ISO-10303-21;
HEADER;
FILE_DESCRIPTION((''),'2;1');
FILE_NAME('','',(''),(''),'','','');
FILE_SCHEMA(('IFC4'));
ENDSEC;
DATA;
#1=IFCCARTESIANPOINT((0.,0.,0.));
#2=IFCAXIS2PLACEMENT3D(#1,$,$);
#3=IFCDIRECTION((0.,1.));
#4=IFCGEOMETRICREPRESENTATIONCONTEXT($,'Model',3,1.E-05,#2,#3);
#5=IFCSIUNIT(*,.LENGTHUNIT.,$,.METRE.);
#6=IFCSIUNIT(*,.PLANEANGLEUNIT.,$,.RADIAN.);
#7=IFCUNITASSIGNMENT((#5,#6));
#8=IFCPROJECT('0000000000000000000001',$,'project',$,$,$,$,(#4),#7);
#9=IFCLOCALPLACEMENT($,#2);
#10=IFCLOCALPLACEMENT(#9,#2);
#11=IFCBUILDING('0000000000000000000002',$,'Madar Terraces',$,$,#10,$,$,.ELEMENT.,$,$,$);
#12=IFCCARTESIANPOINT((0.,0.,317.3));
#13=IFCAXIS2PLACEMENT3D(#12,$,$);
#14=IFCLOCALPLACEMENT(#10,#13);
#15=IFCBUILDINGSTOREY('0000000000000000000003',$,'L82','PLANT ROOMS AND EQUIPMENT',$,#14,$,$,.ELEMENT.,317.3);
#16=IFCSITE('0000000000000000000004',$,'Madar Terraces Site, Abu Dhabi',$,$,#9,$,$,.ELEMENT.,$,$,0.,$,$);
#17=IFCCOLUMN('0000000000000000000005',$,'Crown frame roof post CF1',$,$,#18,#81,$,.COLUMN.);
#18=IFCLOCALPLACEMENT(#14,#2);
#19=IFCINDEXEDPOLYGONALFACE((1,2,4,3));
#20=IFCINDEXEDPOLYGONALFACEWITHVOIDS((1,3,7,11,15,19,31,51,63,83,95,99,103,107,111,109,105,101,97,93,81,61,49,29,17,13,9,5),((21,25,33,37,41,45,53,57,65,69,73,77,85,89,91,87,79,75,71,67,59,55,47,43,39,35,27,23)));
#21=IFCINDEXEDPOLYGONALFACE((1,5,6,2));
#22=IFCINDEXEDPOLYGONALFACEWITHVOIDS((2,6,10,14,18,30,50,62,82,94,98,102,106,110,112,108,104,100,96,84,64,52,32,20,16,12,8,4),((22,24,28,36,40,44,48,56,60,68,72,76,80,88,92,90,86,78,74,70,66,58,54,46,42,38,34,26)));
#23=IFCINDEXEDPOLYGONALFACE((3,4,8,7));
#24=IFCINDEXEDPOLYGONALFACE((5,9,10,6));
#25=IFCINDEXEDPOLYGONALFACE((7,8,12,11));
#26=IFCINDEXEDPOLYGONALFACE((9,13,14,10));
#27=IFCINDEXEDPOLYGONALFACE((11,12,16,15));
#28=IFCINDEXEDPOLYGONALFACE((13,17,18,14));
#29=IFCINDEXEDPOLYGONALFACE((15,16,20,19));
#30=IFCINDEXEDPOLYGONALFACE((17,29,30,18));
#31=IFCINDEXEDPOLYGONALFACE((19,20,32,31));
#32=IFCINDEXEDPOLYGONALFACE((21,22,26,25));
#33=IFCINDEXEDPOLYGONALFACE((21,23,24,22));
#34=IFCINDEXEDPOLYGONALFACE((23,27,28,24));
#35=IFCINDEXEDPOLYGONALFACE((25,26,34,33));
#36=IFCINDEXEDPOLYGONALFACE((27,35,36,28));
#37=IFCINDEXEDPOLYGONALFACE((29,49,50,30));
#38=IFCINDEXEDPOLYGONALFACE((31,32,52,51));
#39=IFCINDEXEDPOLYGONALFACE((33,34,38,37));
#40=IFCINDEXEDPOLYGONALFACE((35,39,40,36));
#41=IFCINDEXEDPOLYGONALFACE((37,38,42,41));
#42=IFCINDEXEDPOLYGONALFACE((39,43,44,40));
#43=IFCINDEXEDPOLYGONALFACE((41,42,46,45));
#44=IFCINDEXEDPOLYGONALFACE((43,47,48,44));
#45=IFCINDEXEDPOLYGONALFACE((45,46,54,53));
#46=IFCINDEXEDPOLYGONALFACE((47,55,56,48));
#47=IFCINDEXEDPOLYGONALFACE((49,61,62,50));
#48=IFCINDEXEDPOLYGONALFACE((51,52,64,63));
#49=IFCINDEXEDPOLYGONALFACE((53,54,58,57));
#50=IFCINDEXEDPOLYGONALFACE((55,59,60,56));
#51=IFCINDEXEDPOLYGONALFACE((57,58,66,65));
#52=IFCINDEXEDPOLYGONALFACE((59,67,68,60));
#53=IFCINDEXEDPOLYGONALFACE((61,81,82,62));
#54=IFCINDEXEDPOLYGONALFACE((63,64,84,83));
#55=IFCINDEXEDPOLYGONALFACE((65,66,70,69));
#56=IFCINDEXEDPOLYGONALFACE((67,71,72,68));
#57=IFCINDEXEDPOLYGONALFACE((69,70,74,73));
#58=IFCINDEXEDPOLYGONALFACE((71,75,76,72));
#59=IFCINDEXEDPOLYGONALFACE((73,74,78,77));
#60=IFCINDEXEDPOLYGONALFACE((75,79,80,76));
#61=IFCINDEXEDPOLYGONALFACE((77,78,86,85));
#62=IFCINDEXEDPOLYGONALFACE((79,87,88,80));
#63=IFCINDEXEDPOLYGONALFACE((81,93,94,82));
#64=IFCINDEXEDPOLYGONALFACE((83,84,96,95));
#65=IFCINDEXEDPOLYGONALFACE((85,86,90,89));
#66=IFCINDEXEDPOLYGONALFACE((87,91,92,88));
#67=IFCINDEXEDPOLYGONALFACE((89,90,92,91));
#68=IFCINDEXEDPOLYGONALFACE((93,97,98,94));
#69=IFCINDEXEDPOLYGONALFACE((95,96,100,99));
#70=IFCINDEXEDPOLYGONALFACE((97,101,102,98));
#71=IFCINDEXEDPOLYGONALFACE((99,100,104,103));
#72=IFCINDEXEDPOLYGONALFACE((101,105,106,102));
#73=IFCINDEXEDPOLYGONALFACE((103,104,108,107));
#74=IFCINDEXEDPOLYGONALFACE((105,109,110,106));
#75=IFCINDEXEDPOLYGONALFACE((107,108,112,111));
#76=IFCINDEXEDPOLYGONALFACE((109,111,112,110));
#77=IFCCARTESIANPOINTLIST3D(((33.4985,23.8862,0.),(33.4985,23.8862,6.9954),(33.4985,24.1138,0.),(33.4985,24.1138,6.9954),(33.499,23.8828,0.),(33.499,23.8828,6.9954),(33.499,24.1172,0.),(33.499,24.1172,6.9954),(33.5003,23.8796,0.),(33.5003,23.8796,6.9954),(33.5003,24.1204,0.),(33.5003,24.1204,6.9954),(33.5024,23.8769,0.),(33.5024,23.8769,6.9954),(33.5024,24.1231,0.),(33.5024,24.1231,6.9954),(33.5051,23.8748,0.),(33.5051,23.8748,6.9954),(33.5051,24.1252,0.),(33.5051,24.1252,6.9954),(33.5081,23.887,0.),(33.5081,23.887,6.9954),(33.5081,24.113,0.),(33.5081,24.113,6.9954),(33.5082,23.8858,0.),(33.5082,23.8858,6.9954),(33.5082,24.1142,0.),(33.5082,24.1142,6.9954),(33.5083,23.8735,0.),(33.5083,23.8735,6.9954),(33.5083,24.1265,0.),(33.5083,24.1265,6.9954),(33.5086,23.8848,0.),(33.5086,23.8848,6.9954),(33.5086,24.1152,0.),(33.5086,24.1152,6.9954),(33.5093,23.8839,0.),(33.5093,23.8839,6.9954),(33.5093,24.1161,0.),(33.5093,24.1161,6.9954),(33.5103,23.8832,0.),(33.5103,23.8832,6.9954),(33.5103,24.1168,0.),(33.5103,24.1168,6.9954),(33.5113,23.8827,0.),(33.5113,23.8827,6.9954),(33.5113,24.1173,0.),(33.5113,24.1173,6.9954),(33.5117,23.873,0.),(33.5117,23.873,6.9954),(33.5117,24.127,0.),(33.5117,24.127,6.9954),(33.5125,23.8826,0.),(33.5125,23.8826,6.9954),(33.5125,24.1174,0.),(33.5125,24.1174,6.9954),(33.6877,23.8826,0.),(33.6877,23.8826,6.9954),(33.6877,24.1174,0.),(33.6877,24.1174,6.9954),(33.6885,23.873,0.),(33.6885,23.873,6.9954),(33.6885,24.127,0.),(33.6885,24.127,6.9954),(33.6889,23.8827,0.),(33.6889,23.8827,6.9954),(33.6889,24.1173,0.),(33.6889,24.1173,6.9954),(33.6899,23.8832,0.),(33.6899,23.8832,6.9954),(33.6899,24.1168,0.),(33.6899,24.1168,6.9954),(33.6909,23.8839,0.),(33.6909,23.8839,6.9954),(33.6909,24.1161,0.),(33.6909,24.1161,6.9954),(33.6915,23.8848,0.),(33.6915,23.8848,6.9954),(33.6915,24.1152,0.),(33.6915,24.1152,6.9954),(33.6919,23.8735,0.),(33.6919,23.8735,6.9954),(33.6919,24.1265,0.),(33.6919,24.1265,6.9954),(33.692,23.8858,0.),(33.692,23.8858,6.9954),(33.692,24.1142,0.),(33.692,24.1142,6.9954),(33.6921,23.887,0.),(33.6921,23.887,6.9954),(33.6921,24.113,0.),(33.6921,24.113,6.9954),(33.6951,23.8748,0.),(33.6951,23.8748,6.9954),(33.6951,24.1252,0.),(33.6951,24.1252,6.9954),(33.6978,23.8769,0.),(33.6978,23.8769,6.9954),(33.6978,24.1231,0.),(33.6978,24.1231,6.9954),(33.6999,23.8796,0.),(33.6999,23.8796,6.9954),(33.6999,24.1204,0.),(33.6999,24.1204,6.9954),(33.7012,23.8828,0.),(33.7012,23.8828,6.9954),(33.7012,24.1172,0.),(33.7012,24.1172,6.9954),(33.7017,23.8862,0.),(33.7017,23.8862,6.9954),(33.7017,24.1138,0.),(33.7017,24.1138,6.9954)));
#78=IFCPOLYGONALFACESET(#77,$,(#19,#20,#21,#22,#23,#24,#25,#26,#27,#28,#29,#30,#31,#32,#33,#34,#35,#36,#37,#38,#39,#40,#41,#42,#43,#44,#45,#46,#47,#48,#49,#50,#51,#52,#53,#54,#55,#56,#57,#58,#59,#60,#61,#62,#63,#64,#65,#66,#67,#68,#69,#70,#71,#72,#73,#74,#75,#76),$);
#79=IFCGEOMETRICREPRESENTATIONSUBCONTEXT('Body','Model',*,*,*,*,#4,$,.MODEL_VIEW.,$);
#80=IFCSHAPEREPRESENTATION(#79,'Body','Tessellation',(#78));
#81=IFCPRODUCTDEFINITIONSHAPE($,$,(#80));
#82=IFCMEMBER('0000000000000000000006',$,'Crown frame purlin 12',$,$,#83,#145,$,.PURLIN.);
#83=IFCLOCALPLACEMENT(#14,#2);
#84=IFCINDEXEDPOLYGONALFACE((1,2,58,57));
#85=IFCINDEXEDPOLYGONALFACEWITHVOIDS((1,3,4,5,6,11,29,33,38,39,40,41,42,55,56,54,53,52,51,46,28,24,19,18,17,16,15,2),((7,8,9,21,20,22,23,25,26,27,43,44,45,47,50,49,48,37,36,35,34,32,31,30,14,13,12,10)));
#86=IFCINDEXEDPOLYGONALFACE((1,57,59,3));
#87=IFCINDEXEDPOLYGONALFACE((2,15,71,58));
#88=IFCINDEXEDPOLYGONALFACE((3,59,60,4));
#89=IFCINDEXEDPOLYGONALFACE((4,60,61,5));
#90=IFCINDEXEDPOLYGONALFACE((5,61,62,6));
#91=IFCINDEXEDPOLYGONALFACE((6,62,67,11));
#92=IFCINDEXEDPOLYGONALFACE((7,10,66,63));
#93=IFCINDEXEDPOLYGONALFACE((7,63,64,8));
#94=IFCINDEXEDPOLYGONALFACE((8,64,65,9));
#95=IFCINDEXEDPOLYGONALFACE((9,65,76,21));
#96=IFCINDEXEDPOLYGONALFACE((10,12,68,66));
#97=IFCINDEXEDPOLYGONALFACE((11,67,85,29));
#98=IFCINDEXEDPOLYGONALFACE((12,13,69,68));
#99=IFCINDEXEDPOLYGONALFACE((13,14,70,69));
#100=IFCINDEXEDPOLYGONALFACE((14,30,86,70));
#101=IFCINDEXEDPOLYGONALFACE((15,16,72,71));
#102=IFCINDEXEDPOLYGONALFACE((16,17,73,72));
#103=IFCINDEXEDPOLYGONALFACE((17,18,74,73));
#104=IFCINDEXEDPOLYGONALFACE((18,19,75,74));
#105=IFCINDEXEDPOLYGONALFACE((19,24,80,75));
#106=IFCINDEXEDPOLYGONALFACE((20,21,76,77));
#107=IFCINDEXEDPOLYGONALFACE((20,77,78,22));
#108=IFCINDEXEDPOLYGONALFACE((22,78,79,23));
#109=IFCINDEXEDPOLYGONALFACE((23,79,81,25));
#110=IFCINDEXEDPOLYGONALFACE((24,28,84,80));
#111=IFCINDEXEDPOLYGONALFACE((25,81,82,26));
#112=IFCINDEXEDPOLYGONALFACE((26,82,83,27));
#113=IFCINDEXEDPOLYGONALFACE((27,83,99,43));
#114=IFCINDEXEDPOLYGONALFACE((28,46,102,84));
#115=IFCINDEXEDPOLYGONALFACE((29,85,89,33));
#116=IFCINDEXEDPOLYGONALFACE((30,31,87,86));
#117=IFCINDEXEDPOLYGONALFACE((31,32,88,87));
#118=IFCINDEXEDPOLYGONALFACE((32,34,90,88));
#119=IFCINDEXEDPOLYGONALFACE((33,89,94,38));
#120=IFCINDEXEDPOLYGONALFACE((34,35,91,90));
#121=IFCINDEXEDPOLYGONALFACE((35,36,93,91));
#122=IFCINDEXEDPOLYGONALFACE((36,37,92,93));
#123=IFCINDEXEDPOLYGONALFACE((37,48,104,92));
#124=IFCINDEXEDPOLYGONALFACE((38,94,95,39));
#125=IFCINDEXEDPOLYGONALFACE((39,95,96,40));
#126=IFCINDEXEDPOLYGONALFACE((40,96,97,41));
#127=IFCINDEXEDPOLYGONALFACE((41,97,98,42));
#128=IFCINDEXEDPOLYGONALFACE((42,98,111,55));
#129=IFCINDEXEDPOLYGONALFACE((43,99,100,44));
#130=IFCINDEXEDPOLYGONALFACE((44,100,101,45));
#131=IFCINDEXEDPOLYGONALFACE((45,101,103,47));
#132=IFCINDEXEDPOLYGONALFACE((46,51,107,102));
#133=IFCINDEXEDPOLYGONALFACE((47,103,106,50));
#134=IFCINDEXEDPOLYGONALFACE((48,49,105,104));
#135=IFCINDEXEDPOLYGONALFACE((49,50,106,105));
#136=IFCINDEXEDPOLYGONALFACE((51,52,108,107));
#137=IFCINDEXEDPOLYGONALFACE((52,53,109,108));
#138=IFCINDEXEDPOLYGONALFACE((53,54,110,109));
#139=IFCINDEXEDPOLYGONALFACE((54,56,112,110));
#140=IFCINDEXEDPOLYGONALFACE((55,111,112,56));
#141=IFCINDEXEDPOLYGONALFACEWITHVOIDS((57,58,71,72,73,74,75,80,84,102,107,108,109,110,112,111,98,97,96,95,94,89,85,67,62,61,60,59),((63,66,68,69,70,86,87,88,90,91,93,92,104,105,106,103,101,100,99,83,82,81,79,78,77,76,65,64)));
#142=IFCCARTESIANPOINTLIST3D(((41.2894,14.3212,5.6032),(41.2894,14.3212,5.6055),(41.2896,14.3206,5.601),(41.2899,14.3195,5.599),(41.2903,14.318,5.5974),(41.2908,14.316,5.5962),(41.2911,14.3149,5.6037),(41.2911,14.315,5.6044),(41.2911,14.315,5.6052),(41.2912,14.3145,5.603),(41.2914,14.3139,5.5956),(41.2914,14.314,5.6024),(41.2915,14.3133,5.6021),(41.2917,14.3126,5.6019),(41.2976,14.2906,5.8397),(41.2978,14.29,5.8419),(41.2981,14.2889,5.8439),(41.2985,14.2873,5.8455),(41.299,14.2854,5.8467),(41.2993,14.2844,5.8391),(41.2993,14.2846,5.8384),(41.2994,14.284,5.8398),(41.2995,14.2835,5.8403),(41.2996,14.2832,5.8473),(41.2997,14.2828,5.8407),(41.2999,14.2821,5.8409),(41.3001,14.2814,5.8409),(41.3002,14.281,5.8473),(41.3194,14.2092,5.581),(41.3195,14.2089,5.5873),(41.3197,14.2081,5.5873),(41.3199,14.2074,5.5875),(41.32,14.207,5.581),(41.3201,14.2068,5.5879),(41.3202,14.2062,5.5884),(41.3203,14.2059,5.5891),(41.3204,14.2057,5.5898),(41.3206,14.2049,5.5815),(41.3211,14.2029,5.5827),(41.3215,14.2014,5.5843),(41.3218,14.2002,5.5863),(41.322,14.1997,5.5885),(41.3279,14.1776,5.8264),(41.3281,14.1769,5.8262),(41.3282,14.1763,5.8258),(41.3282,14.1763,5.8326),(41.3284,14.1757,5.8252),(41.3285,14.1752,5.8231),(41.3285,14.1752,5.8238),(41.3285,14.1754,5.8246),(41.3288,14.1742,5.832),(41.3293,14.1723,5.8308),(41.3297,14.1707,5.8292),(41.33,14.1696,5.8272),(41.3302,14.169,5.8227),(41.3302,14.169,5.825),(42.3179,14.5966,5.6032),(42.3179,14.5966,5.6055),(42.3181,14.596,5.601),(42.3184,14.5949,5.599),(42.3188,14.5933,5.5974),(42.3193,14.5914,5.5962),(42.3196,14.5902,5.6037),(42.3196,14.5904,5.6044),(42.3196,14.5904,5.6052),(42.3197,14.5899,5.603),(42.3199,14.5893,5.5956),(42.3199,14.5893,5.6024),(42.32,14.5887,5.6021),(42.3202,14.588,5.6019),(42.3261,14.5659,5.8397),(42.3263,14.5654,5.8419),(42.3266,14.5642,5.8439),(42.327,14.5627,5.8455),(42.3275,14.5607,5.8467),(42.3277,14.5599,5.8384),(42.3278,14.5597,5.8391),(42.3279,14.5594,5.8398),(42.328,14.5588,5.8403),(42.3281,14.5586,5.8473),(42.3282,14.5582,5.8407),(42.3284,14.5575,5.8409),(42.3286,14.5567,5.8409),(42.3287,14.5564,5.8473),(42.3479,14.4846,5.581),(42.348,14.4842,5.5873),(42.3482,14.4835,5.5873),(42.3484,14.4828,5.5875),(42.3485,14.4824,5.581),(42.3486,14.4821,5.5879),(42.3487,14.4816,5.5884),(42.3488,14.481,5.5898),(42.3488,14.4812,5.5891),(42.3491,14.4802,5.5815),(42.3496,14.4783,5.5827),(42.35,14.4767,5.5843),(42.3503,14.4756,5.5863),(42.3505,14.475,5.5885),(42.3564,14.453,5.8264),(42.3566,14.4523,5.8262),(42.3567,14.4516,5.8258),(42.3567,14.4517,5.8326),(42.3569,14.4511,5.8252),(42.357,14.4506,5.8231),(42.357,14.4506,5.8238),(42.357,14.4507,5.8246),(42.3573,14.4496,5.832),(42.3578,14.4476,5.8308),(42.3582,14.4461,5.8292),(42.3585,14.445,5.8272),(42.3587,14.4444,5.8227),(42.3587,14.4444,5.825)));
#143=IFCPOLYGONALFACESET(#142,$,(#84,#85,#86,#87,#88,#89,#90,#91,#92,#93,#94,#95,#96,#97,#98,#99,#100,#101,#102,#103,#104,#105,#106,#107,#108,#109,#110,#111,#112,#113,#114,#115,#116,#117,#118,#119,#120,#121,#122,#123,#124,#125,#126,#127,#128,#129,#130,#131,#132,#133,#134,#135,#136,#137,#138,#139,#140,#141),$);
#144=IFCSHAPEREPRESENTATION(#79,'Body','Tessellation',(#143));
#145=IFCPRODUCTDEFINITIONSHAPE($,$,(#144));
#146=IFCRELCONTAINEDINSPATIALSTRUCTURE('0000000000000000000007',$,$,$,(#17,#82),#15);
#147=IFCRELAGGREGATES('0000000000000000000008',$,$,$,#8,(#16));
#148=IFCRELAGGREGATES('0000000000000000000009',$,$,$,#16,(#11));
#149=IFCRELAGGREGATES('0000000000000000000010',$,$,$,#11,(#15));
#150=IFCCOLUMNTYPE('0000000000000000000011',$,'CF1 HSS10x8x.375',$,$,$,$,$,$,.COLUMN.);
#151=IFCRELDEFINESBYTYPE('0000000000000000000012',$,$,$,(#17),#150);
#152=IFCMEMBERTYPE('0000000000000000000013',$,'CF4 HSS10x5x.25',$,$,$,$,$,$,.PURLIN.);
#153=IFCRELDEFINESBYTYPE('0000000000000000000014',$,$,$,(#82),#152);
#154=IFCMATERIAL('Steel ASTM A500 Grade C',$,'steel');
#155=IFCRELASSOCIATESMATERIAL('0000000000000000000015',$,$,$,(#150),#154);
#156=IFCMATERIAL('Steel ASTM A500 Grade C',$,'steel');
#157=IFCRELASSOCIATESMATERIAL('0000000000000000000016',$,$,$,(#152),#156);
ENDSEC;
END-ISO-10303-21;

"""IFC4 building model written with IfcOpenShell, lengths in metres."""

from ifc_helpers import new_model, si_unit, direction, frame, origin, origin_2d, place, context, subcontext, project, spatial, hollow_rectangle, extrude, material, material_profile, profile_set, type_object, element, save


model = new_model("IFC4")

# Units and contexts
model_context = context("Model", 3, precision=1e-05, world=origin(), true_north=direction((0.0, 1.0)))
body_context = subcontext(model_context, "Body", "Model", "MODEL_VIEW")
ifc_project = project(units=[si_unit("LENGTHUNIT", "METRE"), si_unit("PLANEANGLEUNIT", "RADIAN")], contexts=[model_context])

# Site, building, storey
site_placement = place(None, origin())
site = spatial("IfcSite", under=ifc_project, at=site_placement, Name="Madar Terraces Site, Abu Dhabi", CompositionType="ELEMENT", RefElevation=0.0)
building_placement = place(site_placement, origin())
building = spatial("IfcBuilding", under=site, at=building_placement, Name="Madar Terraces", CompositionType="ELEMENT")
storey_placement = place(building_placement, frame((0.0, 0.0, 317.3)))
storey = spatial("IfcBuildingStorey", under=building, at=storey_placement, Name="L82", Description="PLANT ROOMS AND EQUIPMENT", CompositionType="ELEMENT", Elevation=317.3)

# Column
ifc_material_1 = material(Name="Steel ASTM A500 Grade C", Category="steel")
ifc_material_profile_1 = material_profile(ifc_material_1, hollow_rectangle(XDim=0.2031, YDim=0.2539, WallThickness=0.0095, InnerFilletRadius=0.0044, OuterFilletRadius=0.0132, at=origin_2d()), Name="HSS10x8x.375")
ifc_profile_set_1 = profile_set([ifc_material_profile_1], Name="Steel ASTM A500 Grade C")
column_type = type_object("IfcColumnType", Name="CF1 HSS10x8x.375", PredefinedType="COLUMN", material=ifc_profile_set_1)
column_placement = place(storey_placement, frame((33.6001, 24.0, 0.0), z_axis=(0.0, 0.0, 1.0), x_axis=(1.0, 0.0, 0.0)))
element("IfcColumn", 1, at=column_placement, inside=storey, type_object=column_type, Name="Crown frame roof post CF1", PredefinedType="COLUMN", context=body_context, shape_type="SweptSolid", body=[
    extrude(hollow_rectangle(XDim=0.2031, YDim=0.2539, WallThickness=0.0095, InnerFilletRadius=0.0044, OuterFilletRadius=0.0132, at=origin_2d()), origin(), (0.0, 0.0, 1.0), 6.9954),
])

# Member
ifc_material_2 = material(Name="Steel ASTM A500 Grade C", Category="steel")
ifc_material_profile_2 = material_profile(ifc_material_2, hollow_rectangle(XDim=0.127, YDim=0.2539, WallThickness=0.0063, InnerFilletRadius=0.0029, OuterFilletRadius=0.0088, at=origin_2d()), Name="HSS10x5x.25")
ifc_profile_set_2 = profile_set([ifc_material_profile_2], Name="Steel ASTM A500 Grade C")
member_type = type_object("IfcMemberType", Name="CF4 HSS10x5x.25", PredefinedType="PURLIN", material=ifc_profile_set_2)
for number, where, z_axis, x_axis, name in (
    (2, (41.3098, 14.2451, 5.7141), (0.965976, 0.258633, 0.0), (-0.256297, 0.957253, 0.134086), "Crown frame purlin 12"),
):
    element("IfcMember", number, at=place(storey_placement, frame(where, z_axis=z_axis, x_axis=x_axis)), inside=storey, type_object=member_type, Name=name, PredefinedType="PURLIN", context=body_context, shape_type="SweptSolid", body=[
        extrude(hollow_rectangle(XDim=0.127, YDim=0.2539, WallThickness=0.0063, InnerFilletRadius=0.0029, OuterFilletRadius=0.0088, at=origin_2d()), origin(), (0.0, 0.0, 1.0), 1.0647),
    ])

save(model, "model.ifc")
